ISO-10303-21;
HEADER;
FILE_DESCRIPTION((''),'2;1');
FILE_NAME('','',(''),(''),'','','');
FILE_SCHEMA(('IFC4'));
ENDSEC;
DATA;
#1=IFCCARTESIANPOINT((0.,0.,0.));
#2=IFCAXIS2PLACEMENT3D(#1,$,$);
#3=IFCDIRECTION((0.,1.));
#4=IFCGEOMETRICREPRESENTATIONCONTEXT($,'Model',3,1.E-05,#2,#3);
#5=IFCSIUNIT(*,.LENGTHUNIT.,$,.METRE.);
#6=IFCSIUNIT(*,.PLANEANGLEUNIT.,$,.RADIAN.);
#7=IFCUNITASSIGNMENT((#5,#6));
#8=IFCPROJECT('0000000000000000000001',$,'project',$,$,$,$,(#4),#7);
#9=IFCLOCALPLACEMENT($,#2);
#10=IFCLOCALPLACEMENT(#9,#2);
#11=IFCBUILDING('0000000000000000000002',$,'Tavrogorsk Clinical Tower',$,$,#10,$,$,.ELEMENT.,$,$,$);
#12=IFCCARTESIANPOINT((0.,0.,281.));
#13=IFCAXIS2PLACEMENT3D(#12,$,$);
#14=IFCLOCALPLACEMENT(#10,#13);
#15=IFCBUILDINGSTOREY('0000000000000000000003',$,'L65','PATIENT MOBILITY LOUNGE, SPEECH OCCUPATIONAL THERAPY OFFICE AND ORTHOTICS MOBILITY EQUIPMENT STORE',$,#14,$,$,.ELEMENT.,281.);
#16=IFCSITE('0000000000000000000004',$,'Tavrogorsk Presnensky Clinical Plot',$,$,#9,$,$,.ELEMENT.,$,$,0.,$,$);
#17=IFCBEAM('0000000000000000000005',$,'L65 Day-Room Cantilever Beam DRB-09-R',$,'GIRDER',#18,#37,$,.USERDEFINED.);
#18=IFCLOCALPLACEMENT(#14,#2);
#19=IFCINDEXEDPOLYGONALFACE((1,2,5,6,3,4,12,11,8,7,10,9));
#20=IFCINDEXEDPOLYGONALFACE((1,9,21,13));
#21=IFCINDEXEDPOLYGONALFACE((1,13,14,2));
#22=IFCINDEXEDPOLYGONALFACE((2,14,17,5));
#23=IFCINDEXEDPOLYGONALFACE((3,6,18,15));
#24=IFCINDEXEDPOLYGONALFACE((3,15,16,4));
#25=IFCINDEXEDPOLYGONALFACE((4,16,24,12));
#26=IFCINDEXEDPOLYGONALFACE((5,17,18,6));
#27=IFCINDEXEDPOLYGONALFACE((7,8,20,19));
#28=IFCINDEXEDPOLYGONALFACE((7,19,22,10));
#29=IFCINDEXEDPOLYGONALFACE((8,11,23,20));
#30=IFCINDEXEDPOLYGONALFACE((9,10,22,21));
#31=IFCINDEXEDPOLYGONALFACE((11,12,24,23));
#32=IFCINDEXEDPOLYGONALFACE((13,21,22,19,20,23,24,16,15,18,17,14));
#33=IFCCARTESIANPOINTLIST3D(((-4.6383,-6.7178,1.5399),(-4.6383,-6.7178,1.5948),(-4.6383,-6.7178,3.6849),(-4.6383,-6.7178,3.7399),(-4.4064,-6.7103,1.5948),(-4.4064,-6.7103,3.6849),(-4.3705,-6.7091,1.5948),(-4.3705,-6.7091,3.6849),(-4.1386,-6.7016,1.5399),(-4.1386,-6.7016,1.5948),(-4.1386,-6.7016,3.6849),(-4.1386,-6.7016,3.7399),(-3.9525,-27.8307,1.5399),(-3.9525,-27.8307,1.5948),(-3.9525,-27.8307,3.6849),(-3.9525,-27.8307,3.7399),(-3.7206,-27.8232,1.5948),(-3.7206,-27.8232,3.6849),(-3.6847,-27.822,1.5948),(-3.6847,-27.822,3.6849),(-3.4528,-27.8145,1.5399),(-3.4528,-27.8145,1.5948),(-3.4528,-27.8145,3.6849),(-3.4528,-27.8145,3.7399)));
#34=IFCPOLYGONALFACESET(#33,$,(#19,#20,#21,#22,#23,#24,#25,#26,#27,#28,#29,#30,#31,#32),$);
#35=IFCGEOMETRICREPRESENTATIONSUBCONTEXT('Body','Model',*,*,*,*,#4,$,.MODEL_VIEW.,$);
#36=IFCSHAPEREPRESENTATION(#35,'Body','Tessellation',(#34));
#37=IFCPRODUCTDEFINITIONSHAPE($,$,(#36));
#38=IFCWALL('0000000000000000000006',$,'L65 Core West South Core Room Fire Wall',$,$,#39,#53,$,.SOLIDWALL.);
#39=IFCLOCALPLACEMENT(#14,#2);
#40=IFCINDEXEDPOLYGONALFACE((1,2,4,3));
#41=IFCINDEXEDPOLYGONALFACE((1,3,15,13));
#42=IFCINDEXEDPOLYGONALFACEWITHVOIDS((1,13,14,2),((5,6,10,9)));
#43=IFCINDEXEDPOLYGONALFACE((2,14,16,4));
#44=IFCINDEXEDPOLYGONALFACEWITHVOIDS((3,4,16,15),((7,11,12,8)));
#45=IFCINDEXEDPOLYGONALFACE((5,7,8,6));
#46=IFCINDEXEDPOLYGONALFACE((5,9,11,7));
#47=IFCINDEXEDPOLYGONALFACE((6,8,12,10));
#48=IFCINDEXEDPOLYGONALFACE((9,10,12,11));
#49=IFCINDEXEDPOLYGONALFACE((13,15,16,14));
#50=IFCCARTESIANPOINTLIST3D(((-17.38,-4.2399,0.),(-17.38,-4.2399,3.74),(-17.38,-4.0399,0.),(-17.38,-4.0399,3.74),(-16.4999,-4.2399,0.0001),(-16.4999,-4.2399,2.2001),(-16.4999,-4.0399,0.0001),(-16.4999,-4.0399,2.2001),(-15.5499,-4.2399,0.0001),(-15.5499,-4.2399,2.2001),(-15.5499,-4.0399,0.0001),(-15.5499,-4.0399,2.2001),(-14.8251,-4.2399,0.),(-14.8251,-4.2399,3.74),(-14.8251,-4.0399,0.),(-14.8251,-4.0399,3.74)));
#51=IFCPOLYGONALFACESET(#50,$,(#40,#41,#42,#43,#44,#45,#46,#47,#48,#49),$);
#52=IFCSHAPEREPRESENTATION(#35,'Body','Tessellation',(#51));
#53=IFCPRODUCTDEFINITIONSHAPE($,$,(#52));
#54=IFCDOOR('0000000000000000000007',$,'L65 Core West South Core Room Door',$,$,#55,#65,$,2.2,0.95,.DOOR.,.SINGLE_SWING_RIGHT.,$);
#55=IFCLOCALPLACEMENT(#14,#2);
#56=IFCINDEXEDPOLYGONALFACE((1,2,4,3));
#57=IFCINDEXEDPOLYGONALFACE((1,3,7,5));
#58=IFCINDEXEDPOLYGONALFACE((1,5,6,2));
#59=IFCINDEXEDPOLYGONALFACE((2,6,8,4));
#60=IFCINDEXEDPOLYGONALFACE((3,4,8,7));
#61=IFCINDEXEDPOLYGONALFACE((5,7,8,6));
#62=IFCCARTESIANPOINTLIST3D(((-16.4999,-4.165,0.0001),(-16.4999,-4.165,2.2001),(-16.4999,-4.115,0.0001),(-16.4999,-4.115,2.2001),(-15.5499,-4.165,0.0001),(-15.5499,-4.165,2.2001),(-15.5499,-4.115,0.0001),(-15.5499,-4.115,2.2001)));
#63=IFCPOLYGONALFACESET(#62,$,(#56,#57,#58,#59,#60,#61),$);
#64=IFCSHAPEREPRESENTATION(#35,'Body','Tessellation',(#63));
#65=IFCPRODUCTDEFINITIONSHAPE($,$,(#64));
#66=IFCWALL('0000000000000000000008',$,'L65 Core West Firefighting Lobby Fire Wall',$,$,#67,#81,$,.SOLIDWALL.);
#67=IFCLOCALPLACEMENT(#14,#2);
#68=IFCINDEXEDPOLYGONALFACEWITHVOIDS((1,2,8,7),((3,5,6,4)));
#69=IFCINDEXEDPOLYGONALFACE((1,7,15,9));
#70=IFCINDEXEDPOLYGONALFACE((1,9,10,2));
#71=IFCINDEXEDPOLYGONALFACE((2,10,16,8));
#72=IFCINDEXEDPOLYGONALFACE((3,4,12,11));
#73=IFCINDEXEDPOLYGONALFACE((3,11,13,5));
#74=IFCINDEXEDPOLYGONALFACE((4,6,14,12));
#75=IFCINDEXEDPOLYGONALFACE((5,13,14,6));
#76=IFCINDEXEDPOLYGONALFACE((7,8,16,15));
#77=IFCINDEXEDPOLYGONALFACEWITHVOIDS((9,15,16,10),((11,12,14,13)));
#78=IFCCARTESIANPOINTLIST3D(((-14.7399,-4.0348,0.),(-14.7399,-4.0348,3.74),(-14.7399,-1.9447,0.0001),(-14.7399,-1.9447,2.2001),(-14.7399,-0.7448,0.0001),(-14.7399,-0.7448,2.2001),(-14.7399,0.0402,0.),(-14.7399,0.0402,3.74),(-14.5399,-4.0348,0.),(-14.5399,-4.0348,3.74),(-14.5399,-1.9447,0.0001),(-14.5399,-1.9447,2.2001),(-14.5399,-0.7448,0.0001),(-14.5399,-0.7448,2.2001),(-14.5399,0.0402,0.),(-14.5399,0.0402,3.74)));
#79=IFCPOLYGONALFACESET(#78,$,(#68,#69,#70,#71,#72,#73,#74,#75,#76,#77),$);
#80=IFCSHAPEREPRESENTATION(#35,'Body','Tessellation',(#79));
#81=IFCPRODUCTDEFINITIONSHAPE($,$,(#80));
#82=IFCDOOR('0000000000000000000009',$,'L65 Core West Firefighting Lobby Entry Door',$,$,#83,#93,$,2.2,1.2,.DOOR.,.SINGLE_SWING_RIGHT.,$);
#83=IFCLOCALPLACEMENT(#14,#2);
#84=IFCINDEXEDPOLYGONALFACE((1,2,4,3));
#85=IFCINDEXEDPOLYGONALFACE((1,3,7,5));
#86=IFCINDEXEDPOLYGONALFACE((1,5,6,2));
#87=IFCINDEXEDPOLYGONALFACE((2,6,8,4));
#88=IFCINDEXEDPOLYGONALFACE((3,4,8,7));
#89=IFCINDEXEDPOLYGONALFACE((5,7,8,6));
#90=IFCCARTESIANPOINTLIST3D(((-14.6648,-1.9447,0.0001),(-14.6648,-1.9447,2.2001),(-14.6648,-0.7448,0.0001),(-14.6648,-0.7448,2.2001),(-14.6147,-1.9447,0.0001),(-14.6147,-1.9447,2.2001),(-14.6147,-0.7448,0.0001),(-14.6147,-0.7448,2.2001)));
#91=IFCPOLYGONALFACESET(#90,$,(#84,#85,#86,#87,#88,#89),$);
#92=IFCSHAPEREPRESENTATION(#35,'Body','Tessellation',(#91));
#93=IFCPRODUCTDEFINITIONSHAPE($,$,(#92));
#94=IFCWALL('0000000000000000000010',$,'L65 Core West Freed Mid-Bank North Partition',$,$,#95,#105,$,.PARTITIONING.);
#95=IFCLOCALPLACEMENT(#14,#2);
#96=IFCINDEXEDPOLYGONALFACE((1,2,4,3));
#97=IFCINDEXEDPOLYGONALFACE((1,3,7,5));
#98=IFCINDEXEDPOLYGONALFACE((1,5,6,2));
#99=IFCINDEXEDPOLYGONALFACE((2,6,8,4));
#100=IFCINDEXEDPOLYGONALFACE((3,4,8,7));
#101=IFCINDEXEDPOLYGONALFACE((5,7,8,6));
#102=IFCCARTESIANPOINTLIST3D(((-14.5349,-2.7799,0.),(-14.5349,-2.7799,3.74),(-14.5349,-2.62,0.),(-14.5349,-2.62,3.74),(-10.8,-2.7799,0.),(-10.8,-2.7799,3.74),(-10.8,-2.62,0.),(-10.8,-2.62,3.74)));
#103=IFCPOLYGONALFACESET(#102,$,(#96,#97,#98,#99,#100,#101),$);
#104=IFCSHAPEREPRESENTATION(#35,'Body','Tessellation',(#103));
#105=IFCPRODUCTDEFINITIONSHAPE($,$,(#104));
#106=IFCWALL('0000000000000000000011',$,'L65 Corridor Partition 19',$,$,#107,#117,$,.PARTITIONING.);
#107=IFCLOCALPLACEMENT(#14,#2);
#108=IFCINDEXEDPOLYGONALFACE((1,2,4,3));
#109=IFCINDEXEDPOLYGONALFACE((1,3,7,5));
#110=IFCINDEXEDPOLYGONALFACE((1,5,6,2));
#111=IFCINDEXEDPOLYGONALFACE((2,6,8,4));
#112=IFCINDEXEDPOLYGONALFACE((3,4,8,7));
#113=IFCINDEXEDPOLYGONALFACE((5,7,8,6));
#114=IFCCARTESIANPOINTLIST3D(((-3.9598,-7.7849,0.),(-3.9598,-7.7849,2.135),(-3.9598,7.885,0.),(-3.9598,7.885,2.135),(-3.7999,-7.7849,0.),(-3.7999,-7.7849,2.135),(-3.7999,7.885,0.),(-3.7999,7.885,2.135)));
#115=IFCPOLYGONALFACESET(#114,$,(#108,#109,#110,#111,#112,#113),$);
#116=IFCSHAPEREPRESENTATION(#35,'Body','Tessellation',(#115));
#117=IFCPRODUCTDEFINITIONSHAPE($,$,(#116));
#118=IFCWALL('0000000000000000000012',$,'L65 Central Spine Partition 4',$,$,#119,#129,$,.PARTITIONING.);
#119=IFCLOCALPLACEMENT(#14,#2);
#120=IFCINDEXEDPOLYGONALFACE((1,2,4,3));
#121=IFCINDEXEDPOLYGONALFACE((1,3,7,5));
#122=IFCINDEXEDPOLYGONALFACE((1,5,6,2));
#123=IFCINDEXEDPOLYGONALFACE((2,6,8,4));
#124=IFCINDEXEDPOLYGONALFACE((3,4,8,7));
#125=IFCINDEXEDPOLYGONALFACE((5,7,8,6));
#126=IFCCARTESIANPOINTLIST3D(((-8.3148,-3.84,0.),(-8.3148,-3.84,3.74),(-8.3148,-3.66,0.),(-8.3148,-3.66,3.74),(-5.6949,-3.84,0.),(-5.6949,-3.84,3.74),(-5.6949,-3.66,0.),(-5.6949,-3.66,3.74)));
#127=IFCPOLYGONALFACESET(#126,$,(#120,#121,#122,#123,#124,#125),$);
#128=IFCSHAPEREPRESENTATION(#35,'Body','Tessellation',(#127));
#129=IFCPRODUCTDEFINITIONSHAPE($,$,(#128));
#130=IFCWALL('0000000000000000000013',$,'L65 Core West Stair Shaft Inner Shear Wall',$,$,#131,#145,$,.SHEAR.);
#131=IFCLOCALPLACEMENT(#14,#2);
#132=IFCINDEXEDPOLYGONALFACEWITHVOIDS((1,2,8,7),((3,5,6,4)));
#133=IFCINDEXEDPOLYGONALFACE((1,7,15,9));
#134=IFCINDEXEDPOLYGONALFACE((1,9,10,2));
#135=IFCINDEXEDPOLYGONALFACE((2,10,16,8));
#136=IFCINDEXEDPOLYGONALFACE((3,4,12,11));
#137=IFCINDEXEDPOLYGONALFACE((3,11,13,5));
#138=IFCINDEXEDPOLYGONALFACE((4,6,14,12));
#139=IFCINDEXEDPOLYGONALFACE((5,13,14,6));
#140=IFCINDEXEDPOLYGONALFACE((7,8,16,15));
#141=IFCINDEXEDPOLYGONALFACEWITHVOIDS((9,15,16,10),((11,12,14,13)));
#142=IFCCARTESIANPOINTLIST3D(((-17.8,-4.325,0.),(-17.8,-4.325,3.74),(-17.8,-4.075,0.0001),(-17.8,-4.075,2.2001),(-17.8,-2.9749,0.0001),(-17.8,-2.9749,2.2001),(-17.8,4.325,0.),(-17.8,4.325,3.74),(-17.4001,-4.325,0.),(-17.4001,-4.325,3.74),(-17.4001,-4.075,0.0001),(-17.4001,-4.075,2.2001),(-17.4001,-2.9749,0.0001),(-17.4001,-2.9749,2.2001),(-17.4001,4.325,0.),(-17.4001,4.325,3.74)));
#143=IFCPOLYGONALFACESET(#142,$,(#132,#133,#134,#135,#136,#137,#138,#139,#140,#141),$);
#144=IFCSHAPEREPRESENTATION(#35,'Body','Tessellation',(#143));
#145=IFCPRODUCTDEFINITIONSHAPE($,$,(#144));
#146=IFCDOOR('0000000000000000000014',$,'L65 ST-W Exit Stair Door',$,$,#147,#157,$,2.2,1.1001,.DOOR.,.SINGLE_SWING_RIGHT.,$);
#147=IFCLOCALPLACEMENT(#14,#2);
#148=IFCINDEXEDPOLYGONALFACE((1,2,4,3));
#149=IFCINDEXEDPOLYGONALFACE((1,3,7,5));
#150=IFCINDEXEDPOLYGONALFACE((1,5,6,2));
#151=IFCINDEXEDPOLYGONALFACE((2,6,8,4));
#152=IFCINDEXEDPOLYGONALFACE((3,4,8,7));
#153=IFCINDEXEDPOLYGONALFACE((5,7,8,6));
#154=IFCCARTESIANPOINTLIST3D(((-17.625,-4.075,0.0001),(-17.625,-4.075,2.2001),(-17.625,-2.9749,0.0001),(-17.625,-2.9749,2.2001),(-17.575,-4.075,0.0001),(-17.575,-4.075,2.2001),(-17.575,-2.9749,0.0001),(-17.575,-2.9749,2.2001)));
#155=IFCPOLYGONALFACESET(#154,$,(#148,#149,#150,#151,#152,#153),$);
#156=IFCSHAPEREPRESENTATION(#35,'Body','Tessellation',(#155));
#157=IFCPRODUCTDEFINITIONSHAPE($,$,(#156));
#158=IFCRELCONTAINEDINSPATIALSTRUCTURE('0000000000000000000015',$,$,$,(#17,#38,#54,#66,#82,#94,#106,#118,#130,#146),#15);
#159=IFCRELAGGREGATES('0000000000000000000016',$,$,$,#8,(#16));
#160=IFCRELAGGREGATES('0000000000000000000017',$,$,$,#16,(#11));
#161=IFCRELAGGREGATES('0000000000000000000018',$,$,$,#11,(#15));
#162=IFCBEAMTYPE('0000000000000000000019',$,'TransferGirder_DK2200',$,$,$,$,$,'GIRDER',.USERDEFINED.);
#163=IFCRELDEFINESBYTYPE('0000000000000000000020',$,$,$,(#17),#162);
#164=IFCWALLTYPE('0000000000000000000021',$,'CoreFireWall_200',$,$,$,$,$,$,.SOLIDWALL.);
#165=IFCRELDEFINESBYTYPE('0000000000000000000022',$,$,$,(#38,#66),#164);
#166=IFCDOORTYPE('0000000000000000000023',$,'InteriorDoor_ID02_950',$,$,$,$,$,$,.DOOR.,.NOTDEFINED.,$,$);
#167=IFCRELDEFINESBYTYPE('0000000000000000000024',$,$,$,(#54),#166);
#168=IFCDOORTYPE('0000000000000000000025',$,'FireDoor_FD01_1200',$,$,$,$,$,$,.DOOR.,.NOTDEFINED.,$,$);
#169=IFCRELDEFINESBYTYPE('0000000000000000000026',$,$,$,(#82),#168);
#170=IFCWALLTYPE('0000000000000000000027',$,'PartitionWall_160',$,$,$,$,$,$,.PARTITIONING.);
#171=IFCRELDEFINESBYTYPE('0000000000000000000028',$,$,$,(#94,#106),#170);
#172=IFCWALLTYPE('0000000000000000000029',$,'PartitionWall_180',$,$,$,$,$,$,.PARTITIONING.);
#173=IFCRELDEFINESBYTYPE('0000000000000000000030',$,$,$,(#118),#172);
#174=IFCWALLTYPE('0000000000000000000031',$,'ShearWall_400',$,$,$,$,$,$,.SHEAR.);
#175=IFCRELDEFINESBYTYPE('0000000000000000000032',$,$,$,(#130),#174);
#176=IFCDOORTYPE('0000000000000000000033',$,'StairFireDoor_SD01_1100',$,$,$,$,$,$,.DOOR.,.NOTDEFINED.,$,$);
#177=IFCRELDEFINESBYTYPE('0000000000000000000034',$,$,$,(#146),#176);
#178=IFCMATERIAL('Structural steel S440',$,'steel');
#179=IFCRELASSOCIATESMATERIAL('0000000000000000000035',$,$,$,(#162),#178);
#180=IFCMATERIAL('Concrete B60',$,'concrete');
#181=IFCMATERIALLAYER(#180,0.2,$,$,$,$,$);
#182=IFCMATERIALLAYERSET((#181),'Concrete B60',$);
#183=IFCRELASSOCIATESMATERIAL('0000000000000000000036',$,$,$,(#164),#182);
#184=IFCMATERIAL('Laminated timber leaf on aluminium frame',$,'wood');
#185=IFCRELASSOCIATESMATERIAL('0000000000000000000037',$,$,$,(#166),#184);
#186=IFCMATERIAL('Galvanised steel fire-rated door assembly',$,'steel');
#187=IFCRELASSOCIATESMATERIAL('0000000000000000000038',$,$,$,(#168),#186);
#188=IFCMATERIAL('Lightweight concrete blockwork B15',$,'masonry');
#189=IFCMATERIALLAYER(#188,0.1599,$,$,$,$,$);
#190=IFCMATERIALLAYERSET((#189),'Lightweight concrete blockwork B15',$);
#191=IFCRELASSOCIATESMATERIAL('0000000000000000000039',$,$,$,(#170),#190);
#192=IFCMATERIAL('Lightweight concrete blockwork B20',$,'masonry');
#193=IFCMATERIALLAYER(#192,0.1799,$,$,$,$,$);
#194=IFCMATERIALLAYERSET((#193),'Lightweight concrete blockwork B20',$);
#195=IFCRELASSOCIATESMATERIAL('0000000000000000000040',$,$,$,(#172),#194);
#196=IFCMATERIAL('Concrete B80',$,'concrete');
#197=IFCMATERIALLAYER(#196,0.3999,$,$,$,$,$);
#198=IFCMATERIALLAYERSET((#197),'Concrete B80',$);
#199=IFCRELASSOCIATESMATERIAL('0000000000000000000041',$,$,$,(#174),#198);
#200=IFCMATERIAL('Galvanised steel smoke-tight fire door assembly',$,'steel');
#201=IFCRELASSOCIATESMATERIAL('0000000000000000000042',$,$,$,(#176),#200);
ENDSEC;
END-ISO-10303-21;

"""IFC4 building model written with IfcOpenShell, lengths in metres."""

from ifc_helpers import new_model, si_unit, direction, frame, frame_2d, origin, origin_2d, place, context, subcontext, project, spatial, rectangle, i_section, extrude, material, layer, layer_set, material_profile, profile_set, type_object, element, fill, save


model = new_model("IFC4")

# Units and contexts
model_context = context("Model", 3, precision=1e-05, world=origin(), true_north=direction((0.0, 1.0)))
body_context = subcontext(model_context, "Body", "Model", "MODEL_VIEW")
ifc_project = project(units=[si_unit("LENGTHUNIT", "METRE"), si_unit("PLANEANGLEUNIT", "RADIAN")], contexts=[model_context])

# Site, building, storey
site_placement = place(None, origin())
site = spatial("IfcSite", under=ifc_project, at=site_placement, Name="Tavrogorsk Presnensky Clinical Plot", CompositionType="ELEMENT", RefElevation=0.0)
building_placement = place(site_placement, origin())
building = spatial("IfcBuilding", under=site, at=building_placement, Name="Tavrogorsk Clinical Tower", CompositionType="ELEMENT")
storey_placement = place(building_placement, frame((0.0, 0.0, 281.0)))
storey = spatial("IfcBuildingStorey", under=building, at=storey_placement, Name="L65", Description="PATIENT MOBILITY LOUNGE, SPEECH OCCUPATIONAL THERAPY OFFICE AND ORTHOTICS MOBILITY EQUIPMENT STORE", CompositionType="ELEMENT", Elevation=281.0)

# Beam
ifc_material_1 = material(Name="Structural steel S440", Category="steel")
ifc_material_profile_1 = material_profile(ifc_material_1, i_section(OverallWidth=0.5, OverallDepth=2.2, WebThickness=0.0359, FlangeThickness=0.0549, at=origin_2d()), Name="DK-2200x500x36x55")
ifc_profile_set_1 = profile_set([ifc_material_profile_1], Name="Structural steel S440")
beam_type_1 = type_object("IfcBeamType", Name="TransferGirder_DK2200", ElementType="GIRDER", PredefinedType="USERDEFINED", material=ifc_profile_set_1)
beam_1_placement = place(storey_placement, frame((-4.3884, -6.7097, 2.6399), z_axis=(0.032465, -0.999473, 0.0), x_axis=(0.999473, 0.032465, 0.0)))
element("IfcBeam", 1, at=beam_1_placement, inside=storey, type_object=beam_type_1, Name="L65 Day-Room Cantilever Beam DRB-09-R", ObjectType="GIRDER", PredefinedType="USERDEFINED", context=body_context, shape_type="SweptSolid", body=[
    extrude(i_section(OverallWidth=0.5, OverallDepth=2.2, WebThickness=0.0359, FlangeThickness=0.0549, at=origin_2d()), origin(), (0.0, 0.0, 1.0), 21.124),
])

# Walls, openings, doors
ifc_material_2 = material(Name="Concrete B60", Category="concrete")
ifc_layer_1 = layer(ifc_material_2, 0.2)
ifc_layer_set_1 = layer_set([ifc_layer_1], Name="Concrete B60")
wall_type_1 = type_object("IfcWallType", Name="CoreFireWall_200", PredefinedType="SOLIDWALL", material=ifc_layer_set_1)
wall_1_placement = place(storey_placement, frame((-17.3799, -4.1399, 0.0), z_axis=(0.0, 0.0, 1.0), x_axis=(1.0, 0.0, 0.0)))
wall_1 = element("IfcWall", 2, at=wall_1_placement, inside=storey, type_object=wall_type_1, Name="L65 Core West South Core Room Fire Wall", PredefinedType="SOLIDWALL", context=body_context, shape_type="SweptSolid", body=[
    extrude(rectangle(XDim=2.5549, YDim=0.2, at=frame_2d((1.2773, 0.0))), origin(), (0.0, 0.0, 1.0), 3.74),
])
opening_1_placement = place(wall_1_placement, frame((0.8799, 0.0, 0.0)))
opening_1 = element("IfcOpeningElement", 3, at=opening_1_placement, cuts=wall_1, PredefinedType="OPENING", context=body_context, shape_type="SweptSolid", body=[
    extrude(rectangle(XDim=0.95, YDim=2.2, at=frame_2d((0.4751, 1.1001))), frame((0.0, 0.1099, 0.0), z_axis=(0.0, -1.0, 0.0), x_axis=(1.0, 0.0, 0.0)), (0.0, 0.0, 1.0), 0.22),
])
ifc_material_3 = material(Name="Laminated timber leaf on aluminium frame", Category="wood")
door_type_1 = type_object("IfcDoorType", Name="InteriorDoor_ID02_950", OperationType="NOTDEFINED", PredefinedType="DOOR", material=ifc_material_3)
door_1_placement = place(opening_1_placement, origin())
door_1 = element("IfcDoor", 4, at=door_1_placement, inside=storey, type_object=door_type_1, Name="L65 Core West South Core Room Door", OperationType="SINGLE_SWING_RIGHT", OverallHeight=2.2, OverallWidth=0.95, PredefinedType="DOOR", context=body_context, shape_type="SweptSolid", body=[
    extrude(rectangle(XDim=0.95, YDim=2.2, at=frame_2d((0.4751, 1.1001))), frame((0.0, 0.0249, 0.0), z_axis=(0.0, -1.0, 0.0), x_axis=(1.0, 0.0, 0.0)), (0.0, 0.0, 1.0), 0.05),
])
fill(opening_1, door_1)
wall_2_placement = place(storey_placement, frame((-14.6399, -4.0349, 0.0), z_axis=(0.0, 0.0, 1.0), x_axis=(0.0, 1.0, 0.0)))
wall_2 = element("IfcWall", 5, at=wall_2_placement, inside=storey, type_object=wall_type_1, Name="L65 Core West Firefighting Lobby Fire Wall", PredefinedType="SOLIDWALL", context=body_context, shape_type="SweptSolid", body=[
    extrude(rectangle(XDim=4.075, YDim=0.2, at=frame_2d((2.0376, 0.0))), origin(), (0.0, 0.0, 1.0), 3.74),
])
opening_2_placement = place(wall_2_placement, frame((2.0901, 0.0, 0.0)))
opening_2 = element("IfcOpeningElement", 6, at=opening_2_placement, cuts=wall_2, PredefinedType="OPENING", context=body_context, shape_type="SweptSolid", body=[
    extrude(rectangle(XDim=1.2, YDim=2.2, at=frame_2d((0.6001, 1.1001))), frame((0.0, 0.1099, 0.0), z_axis=(0.0, -1.0, 0.0), x_axis=(1.0, 0.0, 0.0)), (0.0, 0.0, 1.0), 0.22),
])
ifc_material_4 = material(Name="Galvanised steel fire-rated door assembly", Category="steel")
door_type_2 = type_object("IfcDoorType", Name="FireDoor_FD01_1200", OperationType="NOTDEFINED", PredefinedType="DOOR", material=ifc_material_4)
door_2_placement = place(opening_2_placement, origin())
door_2 = element("IfcDoor", 7, at=door_2_placement, inside=storey, type_object=door_type_2, Name="L65 Core West Firefighting Lobby Entry Door", OperationType="SINGLE_SWING_RIGHT", OverallHeight=2.2, OverallWidth=1.2, PredefinedType="DOOR", context=body_context, shape_type="SweptSolid", body=[
    extrude(rectangle(XDim=1.2, YDim=2.2, at=frame_2d((0.6001, 1.1001))), frame((0.0, 0.0249, 0.0), z_axis=(0.0, -1.0, 0.0), x_axis=(1.0, 0.0, 0.0)), (0.0, 0.0, 1.0), 0.05),
])
fill(opening_2, door_2)

# Walls
ifc_material_5 = material(Name="Lightweight concrete blockwork B15", Category="masonry")
ifc_layer_2 = layer(ifc_material_5, 0.1599)
ifc_layer_set_2 = layer_set([ifc_layer_2], Name="Lightweight concrete blockwork B15")
wall_type_2 = type_object("IfcWallType", Name="PartitionWall_160", PredefinedType="PARTITIONING", material=ifc_layer_set_2)
wall_3_placement = place(storey_placement, frame((-14.5349, -2.7, 0.0), z_axis=(0.0, 0.0, 1.0), x_axis=(1.0, 0.0, 0.0)))
element("IfcWall", 8, at=wall_3_placement, inside=storey, type_object=wall_type_2, Name="L65 Core West Freed Mid-Bank North Partition", PredefinedType="PARTITIONING", context=body_context, shape_type="SweptSolid", body=[
    extrude(rectangle(XDim=3.7349, YDim=0.1599, at=frame_2d((1.8674, 0.0))), origin(), (0.0, 0.0, 1.0), 3.74),
])
wall_4_placement = place(storey_placement, frame((-3.8799, -7.7849, 0.0), z_axis=(0.0, 0.0, 1.0), x_axis=(0.0, 1.0, 0.0)))
element("IfcWall", 9, at=wall_4_placement, inside=storey, type_object=wall_type_2, Name="L65 Corridor Partition 19", PredefinedType="PARTITIONING", context=body_context, shape_type="SweptSolid", body=[
    extrude(rectangle(XDim=15.6699, YDim=0.1599, at=frame_2d((7.835, 0.0))), origin(), (0.0, 0.0, 1.0), 2.135),
])
ifc_material_6 = material(Name="Lightweight concrete blockwork B20", Category="masonry")
ifc_layer_3 = layer(ifc_material_6, 0.1799)
ifc_layer_set_3 = layer_set([ifc_layer_3], Name="Lightweight concrete blockwork B20")
wall_type_3 = type_object("IfcWallType", Name="PartitionWall_180", PredefinedType="PARTITIONING", material=ifc_layer_set_3)
wall_5_placement = place(storey_placement, frame((-8.3149, -3.75, 0.0), z_axis=(0.0, 0.0, 1.0), x_axis=(1.0, 0.0, 0.0)))
element("IfcWall", 10, at=wall_5_placement, inside=storey, type_object=wall_type_3, Name="L65 Central Spine Partition 4", PredefinedType="PARTITIONING", context=body_context, shape_type="SweptSolid", body=[
    extrude(rectangle(XDim=2.6199, YDim=0.1799, at=frame_2d((1.3101, 0.0))), origin(), (0.0, 0.0, 1.0), 3.74),
])

# Wall, opening, door
ifc_material_7 = material(Name="Concrete B80", Category="concrete")
ifc_layer_4 = layer(ifc_material_7, 0.3999)
ifc_layer_set_4 = layer_set([ifc_layer_4], Name="Concrete B80")
wall_type_4 = type_object("IfcWallType", Name="ShearWall_400", PredefinedType="SHEAR", material=ifc_layer_set_4)
wall_6_placement = place(storey_placement, frame((-17.6001, -4.325, 0.0), z_axis=(0.0, 0.0, 1.0), x_axis=(0.0, 1.0, 0.0)))
wall_6 = element("IfcWall", 11, at=wall_6_placement, inside=storey, type_object=wall_type_4, Name="L65 Core West Stair Shaft Inner Shear Wall", PredefinedType="SHEAR", context=body_context, shape_type="SweptSolid", body=[
    extrude(rectangle(XDim=8.6499, YDim=0.3999, at=frame_2d((4.325, 0.0))), origin(), (0.0, 0.0, 1.0), 3.74),
])
opening_3_placement = place(wall_6_placement, frame((0.25, 0.0, 0.0)))
opening_3 = element("IfcOpeningElement", 12, at=opening_3_placement, cuts=wall_6, PredefinedType="OPENING", context=body_context, shape_type="SweptSolid", body=[
    extrude(rectangle(XDim=1.1001, YDim=2.2, at=frame_2d((0.55, 1.1001))), frame((0.0, 0.21, 0.0), z_axis=(0.0, -1.0, 0.0), x_axis=(1.0, 0.0, 0.0)), (0.0, 0.0, 1.0), 0.4199),
])
ifc_material_8 = material(Name="Galvanised steel smoke-tight fire door assembly", Category="steel")
door_type_3 = type_object("IfcDoorType", Name="StairFireDoor_SD01_1100", OperationType="NOTDEFINED", PredefinedType="DOOR", material=ifc_material_8)
door_3_placement = place(opening_3_placement, origin())
door_3 = element("IfcDoor", 13, at=door_3_placement, inside=storey, type_object=door_type_3, Name="L65 ST-W Exit Stair Door", OperationType="SINGLE_SWING_RIGHT", OverallHeight=2.2, OverallWidth=1.1001, PredefinedType="DOOR", context=body_context, shape_type="SweptSolid", body=[
    extrude(rectangle(XDim=1.1001, YDim=2.2, at=frame_2d((0.55, 1.1001))), frame((0.0, 0.0249, 0.0), z_axis=(0.0, -1.0, 0.0), x_axis=(1.0, 0.0, 0.0)), (0.0, 0.0, 1.0), 0.05),
])
fill(opening_3, door_3)

save(model, "model.ifc")
